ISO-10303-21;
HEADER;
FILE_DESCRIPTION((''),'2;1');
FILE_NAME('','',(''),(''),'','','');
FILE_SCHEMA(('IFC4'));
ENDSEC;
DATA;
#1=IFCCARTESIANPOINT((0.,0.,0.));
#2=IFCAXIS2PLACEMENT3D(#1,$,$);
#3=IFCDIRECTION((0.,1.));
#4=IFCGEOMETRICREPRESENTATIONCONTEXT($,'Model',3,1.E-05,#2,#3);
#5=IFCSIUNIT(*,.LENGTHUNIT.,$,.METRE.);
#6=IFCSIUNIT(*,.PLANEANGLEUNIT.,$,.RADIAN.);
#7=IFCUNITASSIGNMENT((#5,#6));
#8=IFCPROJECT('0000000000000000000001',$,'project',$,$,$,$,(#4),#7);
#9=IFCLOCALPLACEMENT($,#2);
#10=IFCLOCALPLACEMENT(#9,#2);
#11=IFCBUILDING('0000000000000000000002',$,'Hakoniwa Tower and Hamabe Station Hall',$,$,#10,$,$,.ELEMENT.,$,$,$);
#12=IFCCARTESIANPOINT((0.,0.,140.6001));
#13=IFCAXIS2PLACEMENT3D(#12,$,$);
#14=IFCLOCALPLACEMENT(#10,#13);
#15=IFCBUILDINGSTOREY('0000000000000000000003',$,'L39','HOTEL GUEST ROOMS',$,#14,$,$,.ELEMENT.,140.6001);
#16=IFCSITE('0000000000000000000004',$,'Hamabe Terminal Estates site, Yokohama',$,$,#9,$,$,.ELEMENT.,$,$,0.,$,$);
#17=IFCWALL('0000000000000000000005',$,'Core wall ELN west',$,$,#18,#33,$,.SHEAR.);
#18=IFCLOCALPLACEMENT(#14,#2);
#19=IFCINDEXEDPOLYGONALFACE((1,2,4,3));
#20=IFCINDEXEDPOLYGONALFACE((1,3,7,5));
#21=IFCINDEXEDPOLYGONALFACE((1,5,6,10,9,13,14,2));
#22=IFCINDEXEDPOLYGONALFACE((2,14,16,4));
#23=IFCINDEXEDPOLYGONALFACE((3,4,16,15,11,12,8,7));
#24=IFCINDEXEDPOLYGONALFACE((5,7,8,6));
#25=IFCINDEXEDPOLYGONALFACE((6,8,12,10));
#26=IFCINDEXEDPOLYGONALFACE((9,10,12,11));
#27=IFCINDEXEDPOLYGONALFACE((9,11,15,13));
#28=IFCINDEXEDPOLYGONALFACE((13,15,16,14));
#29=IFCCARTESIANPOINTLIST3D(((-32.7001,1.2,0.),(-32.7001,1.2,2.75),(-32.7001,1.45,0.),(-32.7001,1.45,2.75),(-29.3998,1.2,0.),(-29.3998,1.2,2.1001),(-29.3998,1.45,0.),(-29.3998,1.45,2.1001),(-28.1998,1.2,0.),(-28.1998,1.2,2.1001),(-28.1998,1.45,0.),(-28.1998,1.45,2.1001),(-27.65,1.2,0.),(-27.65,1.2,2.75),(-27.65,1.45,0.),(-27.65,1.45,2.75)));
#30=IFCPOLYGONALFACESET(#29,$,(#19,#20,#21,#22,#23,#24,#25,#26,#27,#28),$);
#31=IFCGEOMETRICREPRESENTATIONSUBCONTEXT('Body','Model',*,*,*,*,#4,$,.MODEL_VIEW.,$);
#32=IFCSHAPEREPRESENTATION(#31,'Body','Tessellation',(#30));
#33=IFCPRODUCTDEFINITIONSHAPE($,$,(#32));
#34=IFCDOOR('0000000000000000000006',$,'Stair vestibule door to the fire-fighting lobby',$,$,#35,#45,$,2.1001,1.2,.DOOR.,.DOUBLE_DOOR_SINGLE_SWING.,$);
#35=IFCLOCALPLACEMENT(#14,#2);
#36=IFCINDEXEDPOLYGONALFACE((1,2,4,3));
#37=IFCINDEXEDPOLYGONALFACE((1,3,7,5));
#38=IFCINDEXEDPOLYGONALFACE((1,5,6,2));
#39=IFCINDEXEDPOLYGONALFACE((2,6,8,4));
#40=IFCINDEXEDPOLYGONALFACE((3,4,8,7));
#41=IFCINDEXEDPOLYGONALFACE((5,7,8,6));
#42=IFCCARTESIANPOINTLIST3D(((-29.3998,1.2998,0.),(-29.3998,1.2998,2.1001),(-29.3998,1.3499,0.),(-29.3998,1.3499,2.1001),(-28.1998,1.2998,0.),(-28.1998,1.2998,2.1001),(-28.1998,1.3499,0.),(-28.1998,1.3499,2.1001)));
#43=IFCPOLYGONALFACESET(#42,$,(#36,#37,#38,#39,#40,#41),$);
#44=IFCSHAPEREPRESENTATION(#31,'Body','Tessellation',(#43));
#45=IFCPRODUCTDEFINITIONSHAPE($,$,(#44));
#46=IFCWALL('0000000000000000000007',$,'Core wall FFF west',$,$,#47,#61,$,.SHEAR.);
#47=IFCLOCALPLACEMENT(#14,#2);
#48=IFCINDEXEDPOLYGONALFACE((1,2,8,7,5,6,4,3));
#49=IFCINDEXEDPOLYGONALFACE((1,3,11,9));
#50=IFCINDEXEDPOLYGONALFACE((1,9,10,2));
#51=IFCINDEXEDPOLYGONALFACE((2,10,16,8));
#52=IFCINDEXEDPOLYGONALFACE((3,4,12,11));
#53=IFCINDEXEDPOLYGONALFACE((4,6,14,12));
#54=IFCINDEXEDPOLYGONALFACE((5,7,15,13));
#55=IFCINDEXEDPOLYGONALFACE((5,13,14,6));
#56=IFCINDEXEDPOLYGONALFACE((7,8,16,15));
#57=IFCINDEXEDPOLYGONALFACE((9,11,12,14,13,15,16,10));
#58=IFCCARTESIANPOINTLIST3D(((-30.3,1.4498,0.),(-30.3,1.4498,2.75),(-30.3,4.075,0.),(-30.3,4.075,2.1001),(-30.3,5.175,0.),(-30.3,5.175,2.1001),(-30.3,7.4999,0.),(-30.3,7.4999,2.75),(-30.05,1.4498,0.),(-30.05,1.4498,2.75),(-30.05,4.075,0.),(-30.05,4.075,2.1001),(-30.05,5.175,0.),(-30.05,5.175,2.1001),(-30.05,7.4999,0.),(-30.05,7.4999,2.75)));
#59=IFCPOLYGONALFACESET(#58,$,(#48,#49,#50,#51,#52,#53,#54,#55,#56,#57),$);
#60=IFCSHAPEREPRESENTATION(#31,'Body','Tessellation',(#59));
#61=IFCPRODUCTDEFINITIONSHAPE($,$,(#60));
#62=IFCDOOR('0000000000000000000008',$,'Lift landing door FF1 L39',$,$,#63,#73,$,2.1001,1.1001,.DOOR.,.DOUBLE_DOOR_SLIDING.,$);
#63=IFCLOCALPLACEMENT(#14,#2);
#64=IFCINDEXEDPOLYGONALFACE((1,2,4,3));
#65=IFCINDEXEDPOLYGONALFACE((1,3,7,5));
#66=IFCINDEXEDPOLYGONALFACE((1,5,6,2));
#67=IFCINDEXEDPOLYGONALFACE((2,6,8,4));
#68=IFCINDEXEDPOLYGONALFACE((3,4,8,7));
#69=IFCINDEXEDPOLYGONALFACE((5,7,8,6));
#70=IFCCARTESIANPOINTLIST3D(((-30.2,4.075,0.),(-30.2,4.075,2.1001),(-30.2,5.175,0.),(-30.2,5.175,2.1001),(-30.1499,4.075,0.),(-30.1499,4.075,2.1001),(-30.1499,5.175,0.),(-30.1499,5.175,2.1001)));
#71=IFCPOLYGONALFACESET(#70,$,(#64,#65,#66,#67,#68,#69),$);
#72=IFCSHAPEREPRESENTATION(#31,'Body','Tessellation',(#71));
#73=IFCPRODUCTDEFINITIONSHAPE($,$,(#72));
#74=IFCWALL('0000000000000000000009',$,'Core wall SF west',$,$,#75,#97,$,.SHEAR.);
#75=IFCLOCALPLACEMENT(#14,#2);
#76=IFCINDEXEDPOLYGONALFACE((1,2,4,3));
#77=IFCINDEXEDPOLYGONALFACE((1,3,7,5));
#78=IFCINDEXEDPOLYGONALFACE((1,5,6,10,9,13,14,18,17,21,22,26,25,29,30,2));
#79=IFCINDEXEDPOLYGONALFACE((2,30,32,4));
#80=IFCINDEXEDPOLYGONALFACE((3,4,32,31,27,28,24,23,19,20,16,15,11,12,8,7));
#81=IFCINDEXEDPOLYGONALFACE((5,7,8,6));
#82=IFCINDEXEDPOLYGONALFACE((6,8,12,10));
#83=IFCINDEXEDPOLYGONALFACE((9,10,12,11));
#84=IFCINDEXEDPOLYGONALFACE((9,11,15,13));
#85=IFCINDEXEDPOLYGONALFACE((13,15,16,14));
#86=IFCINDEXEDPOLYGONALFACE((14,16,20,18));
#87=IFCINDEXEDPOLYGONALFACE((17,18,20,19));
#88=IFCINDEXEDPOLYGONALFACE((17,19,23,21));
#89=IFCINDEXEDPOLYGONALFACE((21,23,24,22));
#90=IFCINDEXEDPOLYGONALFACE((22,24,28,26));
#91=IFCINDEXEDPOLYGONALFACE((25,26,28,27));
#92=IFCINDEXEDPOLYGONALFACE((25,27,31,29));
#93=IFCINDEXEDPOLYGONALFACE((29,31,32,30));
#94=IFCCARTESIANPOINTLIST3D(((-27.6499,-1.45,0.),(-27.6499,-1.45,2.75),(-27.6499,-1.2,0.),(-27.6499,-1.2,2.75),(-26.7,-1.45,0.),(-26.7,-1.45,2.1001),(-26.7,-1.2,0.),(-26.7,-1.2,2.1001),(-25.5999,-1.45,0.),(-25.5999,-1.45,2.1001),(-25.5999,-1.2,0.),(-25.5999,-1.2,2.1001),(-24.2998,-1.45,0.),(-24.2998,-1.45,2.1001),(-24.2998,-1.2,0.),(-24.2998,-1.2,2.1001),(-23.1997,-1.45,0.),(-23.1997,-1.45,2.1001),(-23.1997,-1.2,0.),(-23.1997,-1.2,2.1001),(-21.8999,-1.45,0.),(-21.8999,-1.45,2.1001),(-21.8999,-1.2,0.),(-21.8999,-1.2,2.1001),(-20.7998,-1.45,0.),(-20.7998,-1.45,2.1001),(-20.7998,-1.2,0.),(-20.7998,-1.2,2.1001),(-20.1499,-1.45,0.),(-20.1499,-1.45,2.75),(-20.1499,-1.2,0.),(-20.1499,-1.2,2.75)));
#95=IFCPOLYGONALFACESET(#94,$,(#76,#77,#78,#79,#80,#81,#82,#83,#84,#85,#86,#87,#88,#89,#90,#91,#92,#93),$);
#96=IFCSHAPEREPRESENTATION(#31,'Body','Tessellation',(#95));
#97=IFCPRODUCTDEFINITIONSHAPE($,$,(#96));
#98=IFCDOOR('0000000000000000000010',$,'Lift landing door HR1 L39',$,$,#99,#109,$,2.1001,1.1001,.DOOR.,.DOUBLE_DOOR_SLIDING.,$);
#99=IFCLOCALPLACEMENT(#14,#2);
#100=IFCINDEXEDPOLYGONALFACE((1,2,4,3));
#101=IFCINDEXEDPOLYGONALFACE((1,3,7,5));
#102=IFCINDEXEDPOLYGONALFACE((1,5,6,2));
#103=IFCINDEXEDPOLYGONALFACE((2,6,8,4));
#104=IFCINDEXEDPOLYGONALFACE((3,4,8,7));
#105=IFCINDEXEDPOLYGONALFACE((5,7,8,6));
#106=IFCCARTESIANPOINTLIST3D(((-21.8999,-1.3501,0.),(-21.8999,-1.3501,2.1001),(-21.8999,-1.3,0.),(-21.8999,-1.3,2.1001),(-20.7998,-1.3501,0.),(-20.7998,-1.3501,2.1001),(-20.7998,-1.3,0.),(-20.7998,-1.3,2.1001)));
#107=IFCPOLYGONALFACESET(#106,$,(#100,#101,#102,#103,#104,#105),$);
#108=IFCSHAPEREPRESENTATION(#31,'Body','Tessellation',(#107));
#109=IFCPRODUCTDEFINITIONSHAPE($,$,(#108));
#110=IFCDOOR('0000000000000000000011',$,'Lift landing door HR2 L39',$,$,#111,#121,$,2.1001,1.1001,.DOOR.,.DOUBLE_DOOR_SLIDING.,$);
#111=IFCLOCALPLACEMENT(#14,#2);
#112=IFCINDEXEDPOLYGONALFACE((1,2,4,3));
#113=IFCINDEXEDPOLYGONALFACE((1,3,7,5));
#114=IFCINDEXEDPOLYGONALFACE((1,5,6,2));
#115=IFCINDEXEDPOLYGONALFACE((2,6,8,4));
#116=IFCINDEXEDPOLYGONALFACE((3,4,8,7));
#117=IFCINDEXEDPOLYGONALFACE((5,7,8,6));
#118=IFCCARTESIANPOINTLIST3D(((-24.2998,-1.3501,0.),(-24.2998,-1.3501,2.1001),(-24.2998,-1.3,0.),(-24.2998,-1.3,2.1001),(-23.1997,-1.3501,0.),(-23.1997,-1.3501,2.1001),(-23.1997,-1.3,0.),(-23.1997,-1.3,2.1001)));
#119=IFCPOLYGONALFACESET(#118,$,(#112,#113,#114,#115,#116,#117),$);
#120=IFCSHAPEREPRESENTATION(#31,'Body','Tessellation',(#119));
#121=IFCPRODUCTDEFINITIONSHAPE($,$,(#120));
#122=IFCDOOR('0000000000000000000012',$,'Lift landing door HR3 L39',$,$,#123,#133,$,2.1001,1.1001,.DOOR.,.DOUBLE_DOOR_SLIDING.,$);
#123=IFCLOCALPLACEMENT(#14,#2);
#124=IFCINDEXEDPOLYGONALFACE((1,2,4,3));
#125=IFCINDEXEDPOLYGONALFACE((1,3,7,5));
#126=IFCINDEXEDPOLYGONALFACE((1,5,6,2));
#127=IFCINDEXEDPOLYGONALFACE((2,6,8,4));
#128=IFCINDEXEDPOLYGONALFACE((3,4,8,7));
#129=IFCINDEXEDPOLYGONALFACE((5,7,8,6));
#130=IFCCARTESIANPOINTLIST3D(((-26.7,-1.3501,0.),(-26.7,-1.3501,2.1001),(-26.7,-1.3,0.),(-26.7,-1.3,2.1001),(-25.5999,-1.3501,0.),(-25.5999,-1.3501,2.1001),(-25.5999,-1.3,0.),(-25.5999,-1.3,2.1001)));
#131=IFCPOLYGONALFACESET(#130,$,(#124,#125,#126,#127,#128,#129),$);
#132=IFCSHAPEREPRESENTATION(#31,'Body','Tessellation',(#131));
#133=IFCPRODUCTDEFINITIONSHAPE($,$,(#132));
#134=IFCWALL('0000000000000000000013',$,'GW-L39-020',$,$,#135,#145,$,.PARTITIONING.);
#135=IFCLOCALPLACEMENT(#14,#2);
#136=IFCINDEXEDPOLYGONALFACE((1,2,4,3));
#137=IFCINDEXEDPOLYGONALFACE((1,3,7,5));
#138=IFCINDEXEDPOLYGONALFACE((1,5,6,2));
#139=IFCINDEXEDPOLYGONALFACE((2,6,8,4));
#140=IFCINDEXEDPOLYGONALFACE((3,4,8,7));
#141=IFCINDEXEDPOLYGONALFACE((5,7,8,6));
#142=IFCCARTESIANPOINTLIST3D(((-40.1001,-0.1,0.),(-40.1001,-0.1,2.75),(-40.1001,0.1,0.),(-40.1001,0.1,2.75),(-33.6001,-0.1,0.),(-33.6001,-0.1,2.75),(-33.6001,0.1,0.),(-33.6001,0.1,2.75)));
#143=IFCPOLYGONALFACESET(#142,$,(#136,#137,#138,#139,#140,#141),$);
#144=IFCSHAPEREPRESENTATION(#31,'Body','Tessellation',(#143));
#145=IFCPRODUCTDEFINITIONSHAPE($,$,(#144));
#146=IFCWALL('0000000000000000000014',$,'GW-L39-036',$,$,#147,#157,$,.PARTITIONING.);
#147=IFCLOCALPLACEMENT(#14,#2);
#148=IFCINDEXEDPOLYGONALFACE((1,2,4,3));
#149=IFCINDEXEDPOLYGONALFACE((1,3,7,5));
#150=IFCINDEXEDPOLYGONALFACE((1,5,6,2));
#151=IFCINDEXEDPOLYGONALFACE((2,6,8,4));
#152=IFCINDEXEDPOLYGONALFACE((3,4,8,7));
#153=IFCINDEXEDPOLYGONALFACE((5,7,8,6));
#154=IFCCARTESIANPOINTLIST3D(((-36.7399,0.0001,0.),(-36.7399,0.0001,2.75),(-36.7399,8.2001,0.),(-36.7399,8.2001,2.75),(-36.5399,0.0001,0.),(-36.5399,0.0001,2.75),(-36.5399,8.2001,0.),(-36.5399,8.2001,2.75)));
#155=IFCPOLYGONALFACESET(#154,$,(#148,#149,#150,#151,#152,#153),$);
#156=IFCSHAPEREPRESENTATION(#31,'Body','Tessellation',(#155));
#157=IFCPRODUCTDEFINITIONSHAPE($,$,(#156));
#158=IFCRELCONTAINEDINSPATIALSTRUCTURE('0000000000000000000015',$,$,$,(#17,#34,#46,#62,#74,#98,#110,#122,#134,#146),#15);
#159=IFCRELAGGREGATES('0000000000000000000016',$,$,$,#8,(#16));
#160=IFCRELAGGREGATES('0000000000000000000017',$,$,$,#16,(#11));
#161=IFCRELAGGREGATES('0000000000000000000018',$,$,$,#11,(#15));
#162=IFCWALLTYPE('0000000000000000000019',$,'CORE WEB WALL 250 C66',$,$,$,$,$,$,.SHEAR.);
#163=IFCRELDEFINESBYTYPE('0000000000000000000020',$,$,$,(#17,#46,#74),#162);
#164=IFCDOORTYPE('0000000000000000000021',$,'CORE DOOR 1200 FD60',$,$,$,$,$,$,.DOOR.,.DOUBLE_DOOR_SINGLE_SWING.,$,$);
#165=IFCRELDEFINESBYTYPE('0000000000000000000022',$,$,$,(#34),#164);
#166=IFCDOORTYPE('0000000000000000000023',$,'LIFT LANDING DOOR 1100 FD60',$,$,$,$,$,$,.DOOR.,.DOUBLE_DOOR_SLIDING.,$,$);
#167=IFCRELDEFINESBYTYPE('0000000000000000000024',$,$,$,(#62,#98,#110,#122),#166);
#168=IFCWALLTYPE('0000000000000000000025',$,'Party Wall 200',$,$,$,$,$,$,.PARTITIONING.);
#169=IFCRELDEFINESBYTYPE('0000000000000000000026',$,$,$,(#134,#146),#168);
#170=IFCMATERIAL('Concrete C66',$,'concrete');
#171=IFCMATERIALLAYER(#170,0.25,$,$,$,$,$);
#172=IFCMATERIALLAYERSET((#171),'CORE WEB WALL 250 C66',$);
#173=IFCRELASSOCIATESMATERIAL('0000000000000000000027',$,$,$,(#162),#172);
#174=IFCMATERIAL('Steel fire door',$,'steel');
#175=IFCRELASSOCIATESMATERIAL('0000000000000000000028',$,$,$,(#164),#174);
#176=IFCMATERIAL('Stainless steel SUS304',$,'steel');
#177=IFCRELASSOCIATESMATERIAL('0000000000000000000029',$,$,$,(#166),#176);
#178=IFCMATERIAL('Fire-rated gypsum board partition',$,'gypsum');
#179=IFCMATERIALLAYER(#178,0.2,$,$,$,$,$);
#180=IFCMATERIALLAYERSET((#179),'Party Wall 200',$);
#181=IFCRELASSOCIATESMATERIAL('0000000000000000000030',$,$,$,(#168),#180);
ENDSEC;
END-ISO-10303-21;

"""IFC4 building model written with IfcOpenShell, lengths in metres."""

from ifc_helpers import new_model, si_unit, direction, frame, frame_2d, origin, place, context, subcontext, project, spatial, rectangle, extrude, material, layer, layer_set, type_object, element, fill, save


model = new_model("IFC4")

# Units and contexts
model_context = context("Model", 3, precision=1e-05, world=origin(), true_north=direction((0.0, 1.0)))
body_context = subcontext(model_context, "Body", "Model", "MODEL_VIEW")
ifc_project = project(units=[si_unit("LENGTHUNIT", "METRE"), si_unit("PLANEANGLEUNIT", "RADIAN")], contexts=[model_context])

# Site, building, storey
site_placement = place(None, origin())
site = spatial("IfcSite", under=ifc_project, at=site_placement, Name="Hamabe Terminal Estates site, Yokohama", CompositionType="ELEMENT", RefElevation=0.0)
building_placement = place(site_placement, origin())
building = spatial("IfcBuilding", under=site, at=building_placement, Name="Hakoniwa Tower and Hamabe Station Hall", CompositionType="ELEMENT")
storey_placement = place(building_placement, frame((0.0, 0.0, 140.6001)))
storey = spatial("IfcBuildingStorey", under=building, at=storey_placement, Name="L39", Description="HOTEL GUEST ROOMS", CompositionType="ELEMENT", Elevation=140.6001)

# Shared definitions
ifc_material_1 = material(Name="Concrete C66", Category="concrete")
ifc_layer_1 = layer(ifc_material_1, 0.25)
ifc_layer_set_1 = layer_set([ifc_layer_1], Name="CORE WEB WALL 250 C66")
wall_type_1 = type_object("IfcWallType", Name="CORE WEB WALL 250 C66", PredefinedType="SHEAR", material=ifc_layer_set_1)

# Walls, openings, doors
wall_1_placement = place(storey_placement, frame((-32.7, 1.325, 0.0), z_axis=(0.0, 0.0, 1.0), x_axis=(1.0, 0.0, 0.0)))
wall_1 = element("IfcWall", 1, at=wall_1_placement, inside=storey, type_object=wall_type_1, Name="Core wall ELN west", PredefinedType="SHEAR", context=body_context, shape_type="SweptSolid", body=[
    extrude(rectangle(XDim=5.05, YDim=0.25, at=frame_2d((2.5249, 0.0))), origin(), (0.0, 0.0, 1.0), 2.75),
])
opening_1_placement = place(wall_1_placement, frame((3.3, 0.0, 0.0)))
opening_1 = element("IfcOpeningElement", 2, at=opening_1_placement, cuts=wall_1, PredefinedType="OPENING", context=body_context, shape_type="SweptSolid", body=[
    extrude(rectangle(XDim=1.2, YDim=2.1001, at=frame_2d((0.6001, 1.05))), frame((0.0, 0.135, 0.0), z_axis=(0.0, -1.0, 0.0), x_axis=(1.0, 0.0, 0.0)), (0.0, 0.0, 1.0), 0.27),
])
ifc_material_2 = material(Name="Steel fire door", Category="steel")
door_type_1 = type_object("IfcDoorType", Name="CORE DOOR 1200 FD60", OperationType="DOUBLE_DOOR_SINGLE_SWING", PredefinedType="DOOR", material=ifc_material_2)
door_1_placement = place(opening_1_placement, origin())
door_1 = element("IfcDoor", 3, at=door_1_placement, inside=storey, type_object=door_type_1, Name="Stair vestibule door to the fire-fighting lobby", OperationType="DOUBLE_DOOR_SINGLE_SWING", OverallHeight=2.1001, OverallWidth=1.2, PredefinedType="DOOR", context=body_context, shape_type="SweptSolid", body=[
    extrude(rectangle(XDim=1.2, YDim=2.1001, at=frame_2d((0.6001, 1.05))), frame((0.0, 0.0249, 0.0), z_axis=(0.0, -1.0, 0.0), x_axis=(1.0, 0.0, 0.0)), (0.0, 0.0, 1.0), 0.05),
])
fill(opening_1, door_1)
wall_2_placement = place(storey_placement, frame((-30.175, 1.45, 0.0), z_axis=(0.0, 0.0, 1.0), x_axis=(0.0, 1.0, 0.0)))
wall_2 = element("IfcWall", 4, at=wall_2_placement, inside=storey, type_object=wall_type_1, Name="Core wall FFF west", PredefinedType="SHEAR", context=body_context, shape_type="SweptSolid", body=[
    extrude(rectangle(XDim=6.05, YDim=0.25, at=frame_2d((3.0249, 0.0))), origin(), (0.0, 0.0, 1.0), 2.75),
])
opening_2_placement = place(wall_2_placement, frame((2.625, 0.0, 0.0)))
opening_2 = element("IfcOpeningElement", 5, at=opening_2_placement, cuts=wall_2, PredefinedType="OPENING", context=body_context, shape_type="SweptSolid", body=[
    extrude(rectangle(XDim=1.1001, YDim=2.1001, at=frame_2d((0.55, 1.05))), frame((0.0, 0.135, 0.0), z_axis=(0.0, -1.0, 0.0), x_axis=(1.0, 0.0, 0.0)), (0.0, 0.0, 1.0), 0.27),
])
ifc_material_3 = material(Name="Stainless steel SUS304", Category="steel")
door_type_2 = type_object("IfcDoorType", Name="LIFT LANDING DOOR 1100 FD60", OperationType="DOUBLE_DOOR_SLIDING", PredefinedType="DOOR", material=ifc_material_3)
door_2_placement = place(opening_2_placement, origin())
door_2 = element("IfcDoor", 6, at=door_2_placement, inside=storey, type_object=door_type_2, Name="Lift landing door FF1 L39", OperationType="DOUBLE_DOOR_SLIDING", OverallHeight=2.1001, OverallWidth=1.1001, PredefinedType="DOOR", context=body_context, shape_type="SweptSolid", body=[
    extrude(rectangle(XDim=1.1001, YDim=2.1001, at=frame_2d((0.55, 1.05))), frame((0.0, 0.0249, 0.0), z_axis=(0.0, -1.0, 0.0), x_axis=(1.0, 0.0, 0.0)), (0.0, 0.0, 1.0), 0.05),
])
fill(opening_2, door_2)

# Wall, openings, doors
wall_3_placement = place(storey_placement, frame((-27.6499, -1.325, 0.0), z_axis=(0.0, 0.0, 1.0), x_axis=(1.0, 0.0, 0.0)))
wall_3 = element("IfcWall", 7, at=wall_3_placement, inside=storey, type_object=wall_type_1, Name="Core wall SF west", PredefinedType="SHEAR", context=body_context, shape_type="SweptSolid", body=[
    extrude(rectangle(XDim=7.5, YDim=0.25, at=frame_2d((3.75, 0.0))), origin(), (0.0, 0.0, 1.0), 2.75),
])
opening_3_placement = place(wall_3_placement, frame((5.75, 0.0, 0.0)))
opening_3 = element("IfcOpeningElement", 8, at=opening_3_placement, cuts=wall_3, PredefinedType="OPENING", context=body_context, shape_type="SweptSolid", body=[
    extrude(rectangle(XDim=1.1001, YDim=2.1001, at=frame_2d((0.55, 1.05))), frame((0.0, 0.135, 0.0), z_axis=(0.0, -1.0, 0.0), x_axis=(1.0, 0.0, 0.0)), (0.0, 0.0, 1.0), 0.27),
])
opening_4_placement = place(wall_3_placement, frame((3.3501, 0.0, 0.0)))
opening_4 = element("IfcOpeningElement", 9, at=opening_4_placement, cuts=wall_3, PredefinedType="OPENING", context=body_context, shape_type="SweptSolid", body=[
    extrude(rectangle(XDim=1.1001, YDim=2.1001, at=frame_2d((0.55, 1.05))), frame((0.0, 0.135, 0.0), z_axis=(0.0, -1.0, 0.0), x_axis=(1.0, 0.0, 0.0)), (0.0, 0.0, 1.0), 0.27),
])
opening_5_placement = place(wall_3_placement, frame((0.95, 0.0, 0.0)))
opening_5 = element("IfcOpeningElement", 10, at=opening_5_placement, cuts=wall_3, PredefinedType="OPENING", context=body_context, shape_type="SweptSolid", body=[
    extrude(rectangle(XDim=1.1001, YDim=2.1001, at=frame_2d((0.55, 1.05))), frame((0.0, 0.135, 0.0), z_axis=(0.0, -1.0, 0.0), x_axis=(1.0, 0.0, 0.0)), (0.0, 0.0, 1.0), 0.27),
])
door_3_placement = place(opening_3_placement, origin())
door_3 = element("IfcDoor", 11, at=door_3_placement, inside=storey, type_object=door_type_2, Name="Lift landing door HR1 L39", OperationType="DOUBLE_DOOR_SLIDING", OverallHeight=2.1001, OverallWidth=1.1001, PredefinedType="DOOR", context=body_context, shape_type="SweptSolid", body=[
    extrude(rectangle(XDim=1.1001, YDim=2.1001, at=frame_2d((0.55, 1.05))), frame((0.0, 0.0249, 0.0), z_axis=(0.0, -1.0, 0.0), x_axis=(1.0, 0.0, 0.0)), (0.0, 0.0, 1.0), 0.05),
])
fill(opening_3, door_3)
door_4_placement = place(opening_4_placement, origin())
door_4 = element("IfcDoor", 12, at=door_4_placement, inside=storey, type_object=door_type_2, Name="Lift landing door HR2 L39", OperationType="DOUBLE_DOOR_SLIDING", OverallHeight=2.1001, OverallWidth=1.1001, PredefinedType="DOOR", context=body_context, shape_type="SweptSolid", body=[
    extrude(rectangle(XDim=1.1001, YDim=2.1001, at=frame_2d((0.55, 1.05))), frame((0.0, 0.0249, 0.0), z_axis=(0.0, -1.0, 0.0), x_axis=(1.0, 0.0, 0.0)), (0.0, 0.0, 1.0), 0.05),
])
fill(opening_4, door_4)
door_5_placement = place(opening_5_placement, origin())
door_5 = element("IfcDoor", 13, at=door_5_placement, inside=storey, type_object=door_type_2, Name="Lift landing door HR3 L39", OperationType="DOUBLE_DOOR_SLIDING", OverallHeight=2.1001, OverallWidth=1.1001, PredefinedType="DOOR", context=body_context, shape_type="SweptSolid", body=[
    extrude(rectangle(XDim=1.1001, YDim=2.1001, at=frame_2d((0.55, 1.05))), frame((0.0, 0.0249, 0.0), z_axis=(0.0, -1.0, 0.0), x_axis=(1.0, 0.0, 0.0)), (0.0, 0.0, 1.0), 0.05),
])
fill(opening_5, door_5)

# Walls
ifc_material_4 = material(Name="Fire-rated gypsum board partition", Category="gypsum")
ifc_layer_2 = layer(ifc_material_4, 0.2)
ifc_layer_set_2 = layer_set([ifc_layer_2], Name="Party Wall 200")
wall_type_2 = type_object("IfcWallType", Name="Party Wall 200", PredefinedType="PARTITIONING", material=ifc_layer_set_2)
wall_4_placement = place(storey_placement, frame((-40.1001, 0.0, 0.0), z_axis=(0.0, 0.0, 1.0), x_axis=(1.0, 0.0, 0.0)))
element("IfcWall", 14, at=wall_4_placement, inside=storey, type_object=wall_type_2, Name="GW-L39-020", PredefinedType="PARTITIONING", context=body_context, shape_type="SweptSolid", body=[
    extrude(rectangle(XDim=6.5, YDim=0.2, at=frame_2d((3.25, 0.0))), origin(), (0.0, 0.0, 1.0), 2.75),
])
wall_5_placement = place(storey_placement, frame((-36.6399, 0.0, 0.0), z_axis=(0.0, 0.0, 1.0), x_axis=(0.0, 1.0, 0.0)))
element("IfcWall", 15, at=wall_5_placement, inside=storey, type_object=wall_type_2, Name="GW-L39-036", PredefinedType="PARTITIONING", context=body_context, shape_type="SweptSolid", body=[
    extrude(rectangle(XDim=8.2, YDim=0.2, at=frame_2d((4.1001, 0.0))), origin(), (0.0, 0.0, 1.0), 2.75),
])

save(model, "model.ifc")
